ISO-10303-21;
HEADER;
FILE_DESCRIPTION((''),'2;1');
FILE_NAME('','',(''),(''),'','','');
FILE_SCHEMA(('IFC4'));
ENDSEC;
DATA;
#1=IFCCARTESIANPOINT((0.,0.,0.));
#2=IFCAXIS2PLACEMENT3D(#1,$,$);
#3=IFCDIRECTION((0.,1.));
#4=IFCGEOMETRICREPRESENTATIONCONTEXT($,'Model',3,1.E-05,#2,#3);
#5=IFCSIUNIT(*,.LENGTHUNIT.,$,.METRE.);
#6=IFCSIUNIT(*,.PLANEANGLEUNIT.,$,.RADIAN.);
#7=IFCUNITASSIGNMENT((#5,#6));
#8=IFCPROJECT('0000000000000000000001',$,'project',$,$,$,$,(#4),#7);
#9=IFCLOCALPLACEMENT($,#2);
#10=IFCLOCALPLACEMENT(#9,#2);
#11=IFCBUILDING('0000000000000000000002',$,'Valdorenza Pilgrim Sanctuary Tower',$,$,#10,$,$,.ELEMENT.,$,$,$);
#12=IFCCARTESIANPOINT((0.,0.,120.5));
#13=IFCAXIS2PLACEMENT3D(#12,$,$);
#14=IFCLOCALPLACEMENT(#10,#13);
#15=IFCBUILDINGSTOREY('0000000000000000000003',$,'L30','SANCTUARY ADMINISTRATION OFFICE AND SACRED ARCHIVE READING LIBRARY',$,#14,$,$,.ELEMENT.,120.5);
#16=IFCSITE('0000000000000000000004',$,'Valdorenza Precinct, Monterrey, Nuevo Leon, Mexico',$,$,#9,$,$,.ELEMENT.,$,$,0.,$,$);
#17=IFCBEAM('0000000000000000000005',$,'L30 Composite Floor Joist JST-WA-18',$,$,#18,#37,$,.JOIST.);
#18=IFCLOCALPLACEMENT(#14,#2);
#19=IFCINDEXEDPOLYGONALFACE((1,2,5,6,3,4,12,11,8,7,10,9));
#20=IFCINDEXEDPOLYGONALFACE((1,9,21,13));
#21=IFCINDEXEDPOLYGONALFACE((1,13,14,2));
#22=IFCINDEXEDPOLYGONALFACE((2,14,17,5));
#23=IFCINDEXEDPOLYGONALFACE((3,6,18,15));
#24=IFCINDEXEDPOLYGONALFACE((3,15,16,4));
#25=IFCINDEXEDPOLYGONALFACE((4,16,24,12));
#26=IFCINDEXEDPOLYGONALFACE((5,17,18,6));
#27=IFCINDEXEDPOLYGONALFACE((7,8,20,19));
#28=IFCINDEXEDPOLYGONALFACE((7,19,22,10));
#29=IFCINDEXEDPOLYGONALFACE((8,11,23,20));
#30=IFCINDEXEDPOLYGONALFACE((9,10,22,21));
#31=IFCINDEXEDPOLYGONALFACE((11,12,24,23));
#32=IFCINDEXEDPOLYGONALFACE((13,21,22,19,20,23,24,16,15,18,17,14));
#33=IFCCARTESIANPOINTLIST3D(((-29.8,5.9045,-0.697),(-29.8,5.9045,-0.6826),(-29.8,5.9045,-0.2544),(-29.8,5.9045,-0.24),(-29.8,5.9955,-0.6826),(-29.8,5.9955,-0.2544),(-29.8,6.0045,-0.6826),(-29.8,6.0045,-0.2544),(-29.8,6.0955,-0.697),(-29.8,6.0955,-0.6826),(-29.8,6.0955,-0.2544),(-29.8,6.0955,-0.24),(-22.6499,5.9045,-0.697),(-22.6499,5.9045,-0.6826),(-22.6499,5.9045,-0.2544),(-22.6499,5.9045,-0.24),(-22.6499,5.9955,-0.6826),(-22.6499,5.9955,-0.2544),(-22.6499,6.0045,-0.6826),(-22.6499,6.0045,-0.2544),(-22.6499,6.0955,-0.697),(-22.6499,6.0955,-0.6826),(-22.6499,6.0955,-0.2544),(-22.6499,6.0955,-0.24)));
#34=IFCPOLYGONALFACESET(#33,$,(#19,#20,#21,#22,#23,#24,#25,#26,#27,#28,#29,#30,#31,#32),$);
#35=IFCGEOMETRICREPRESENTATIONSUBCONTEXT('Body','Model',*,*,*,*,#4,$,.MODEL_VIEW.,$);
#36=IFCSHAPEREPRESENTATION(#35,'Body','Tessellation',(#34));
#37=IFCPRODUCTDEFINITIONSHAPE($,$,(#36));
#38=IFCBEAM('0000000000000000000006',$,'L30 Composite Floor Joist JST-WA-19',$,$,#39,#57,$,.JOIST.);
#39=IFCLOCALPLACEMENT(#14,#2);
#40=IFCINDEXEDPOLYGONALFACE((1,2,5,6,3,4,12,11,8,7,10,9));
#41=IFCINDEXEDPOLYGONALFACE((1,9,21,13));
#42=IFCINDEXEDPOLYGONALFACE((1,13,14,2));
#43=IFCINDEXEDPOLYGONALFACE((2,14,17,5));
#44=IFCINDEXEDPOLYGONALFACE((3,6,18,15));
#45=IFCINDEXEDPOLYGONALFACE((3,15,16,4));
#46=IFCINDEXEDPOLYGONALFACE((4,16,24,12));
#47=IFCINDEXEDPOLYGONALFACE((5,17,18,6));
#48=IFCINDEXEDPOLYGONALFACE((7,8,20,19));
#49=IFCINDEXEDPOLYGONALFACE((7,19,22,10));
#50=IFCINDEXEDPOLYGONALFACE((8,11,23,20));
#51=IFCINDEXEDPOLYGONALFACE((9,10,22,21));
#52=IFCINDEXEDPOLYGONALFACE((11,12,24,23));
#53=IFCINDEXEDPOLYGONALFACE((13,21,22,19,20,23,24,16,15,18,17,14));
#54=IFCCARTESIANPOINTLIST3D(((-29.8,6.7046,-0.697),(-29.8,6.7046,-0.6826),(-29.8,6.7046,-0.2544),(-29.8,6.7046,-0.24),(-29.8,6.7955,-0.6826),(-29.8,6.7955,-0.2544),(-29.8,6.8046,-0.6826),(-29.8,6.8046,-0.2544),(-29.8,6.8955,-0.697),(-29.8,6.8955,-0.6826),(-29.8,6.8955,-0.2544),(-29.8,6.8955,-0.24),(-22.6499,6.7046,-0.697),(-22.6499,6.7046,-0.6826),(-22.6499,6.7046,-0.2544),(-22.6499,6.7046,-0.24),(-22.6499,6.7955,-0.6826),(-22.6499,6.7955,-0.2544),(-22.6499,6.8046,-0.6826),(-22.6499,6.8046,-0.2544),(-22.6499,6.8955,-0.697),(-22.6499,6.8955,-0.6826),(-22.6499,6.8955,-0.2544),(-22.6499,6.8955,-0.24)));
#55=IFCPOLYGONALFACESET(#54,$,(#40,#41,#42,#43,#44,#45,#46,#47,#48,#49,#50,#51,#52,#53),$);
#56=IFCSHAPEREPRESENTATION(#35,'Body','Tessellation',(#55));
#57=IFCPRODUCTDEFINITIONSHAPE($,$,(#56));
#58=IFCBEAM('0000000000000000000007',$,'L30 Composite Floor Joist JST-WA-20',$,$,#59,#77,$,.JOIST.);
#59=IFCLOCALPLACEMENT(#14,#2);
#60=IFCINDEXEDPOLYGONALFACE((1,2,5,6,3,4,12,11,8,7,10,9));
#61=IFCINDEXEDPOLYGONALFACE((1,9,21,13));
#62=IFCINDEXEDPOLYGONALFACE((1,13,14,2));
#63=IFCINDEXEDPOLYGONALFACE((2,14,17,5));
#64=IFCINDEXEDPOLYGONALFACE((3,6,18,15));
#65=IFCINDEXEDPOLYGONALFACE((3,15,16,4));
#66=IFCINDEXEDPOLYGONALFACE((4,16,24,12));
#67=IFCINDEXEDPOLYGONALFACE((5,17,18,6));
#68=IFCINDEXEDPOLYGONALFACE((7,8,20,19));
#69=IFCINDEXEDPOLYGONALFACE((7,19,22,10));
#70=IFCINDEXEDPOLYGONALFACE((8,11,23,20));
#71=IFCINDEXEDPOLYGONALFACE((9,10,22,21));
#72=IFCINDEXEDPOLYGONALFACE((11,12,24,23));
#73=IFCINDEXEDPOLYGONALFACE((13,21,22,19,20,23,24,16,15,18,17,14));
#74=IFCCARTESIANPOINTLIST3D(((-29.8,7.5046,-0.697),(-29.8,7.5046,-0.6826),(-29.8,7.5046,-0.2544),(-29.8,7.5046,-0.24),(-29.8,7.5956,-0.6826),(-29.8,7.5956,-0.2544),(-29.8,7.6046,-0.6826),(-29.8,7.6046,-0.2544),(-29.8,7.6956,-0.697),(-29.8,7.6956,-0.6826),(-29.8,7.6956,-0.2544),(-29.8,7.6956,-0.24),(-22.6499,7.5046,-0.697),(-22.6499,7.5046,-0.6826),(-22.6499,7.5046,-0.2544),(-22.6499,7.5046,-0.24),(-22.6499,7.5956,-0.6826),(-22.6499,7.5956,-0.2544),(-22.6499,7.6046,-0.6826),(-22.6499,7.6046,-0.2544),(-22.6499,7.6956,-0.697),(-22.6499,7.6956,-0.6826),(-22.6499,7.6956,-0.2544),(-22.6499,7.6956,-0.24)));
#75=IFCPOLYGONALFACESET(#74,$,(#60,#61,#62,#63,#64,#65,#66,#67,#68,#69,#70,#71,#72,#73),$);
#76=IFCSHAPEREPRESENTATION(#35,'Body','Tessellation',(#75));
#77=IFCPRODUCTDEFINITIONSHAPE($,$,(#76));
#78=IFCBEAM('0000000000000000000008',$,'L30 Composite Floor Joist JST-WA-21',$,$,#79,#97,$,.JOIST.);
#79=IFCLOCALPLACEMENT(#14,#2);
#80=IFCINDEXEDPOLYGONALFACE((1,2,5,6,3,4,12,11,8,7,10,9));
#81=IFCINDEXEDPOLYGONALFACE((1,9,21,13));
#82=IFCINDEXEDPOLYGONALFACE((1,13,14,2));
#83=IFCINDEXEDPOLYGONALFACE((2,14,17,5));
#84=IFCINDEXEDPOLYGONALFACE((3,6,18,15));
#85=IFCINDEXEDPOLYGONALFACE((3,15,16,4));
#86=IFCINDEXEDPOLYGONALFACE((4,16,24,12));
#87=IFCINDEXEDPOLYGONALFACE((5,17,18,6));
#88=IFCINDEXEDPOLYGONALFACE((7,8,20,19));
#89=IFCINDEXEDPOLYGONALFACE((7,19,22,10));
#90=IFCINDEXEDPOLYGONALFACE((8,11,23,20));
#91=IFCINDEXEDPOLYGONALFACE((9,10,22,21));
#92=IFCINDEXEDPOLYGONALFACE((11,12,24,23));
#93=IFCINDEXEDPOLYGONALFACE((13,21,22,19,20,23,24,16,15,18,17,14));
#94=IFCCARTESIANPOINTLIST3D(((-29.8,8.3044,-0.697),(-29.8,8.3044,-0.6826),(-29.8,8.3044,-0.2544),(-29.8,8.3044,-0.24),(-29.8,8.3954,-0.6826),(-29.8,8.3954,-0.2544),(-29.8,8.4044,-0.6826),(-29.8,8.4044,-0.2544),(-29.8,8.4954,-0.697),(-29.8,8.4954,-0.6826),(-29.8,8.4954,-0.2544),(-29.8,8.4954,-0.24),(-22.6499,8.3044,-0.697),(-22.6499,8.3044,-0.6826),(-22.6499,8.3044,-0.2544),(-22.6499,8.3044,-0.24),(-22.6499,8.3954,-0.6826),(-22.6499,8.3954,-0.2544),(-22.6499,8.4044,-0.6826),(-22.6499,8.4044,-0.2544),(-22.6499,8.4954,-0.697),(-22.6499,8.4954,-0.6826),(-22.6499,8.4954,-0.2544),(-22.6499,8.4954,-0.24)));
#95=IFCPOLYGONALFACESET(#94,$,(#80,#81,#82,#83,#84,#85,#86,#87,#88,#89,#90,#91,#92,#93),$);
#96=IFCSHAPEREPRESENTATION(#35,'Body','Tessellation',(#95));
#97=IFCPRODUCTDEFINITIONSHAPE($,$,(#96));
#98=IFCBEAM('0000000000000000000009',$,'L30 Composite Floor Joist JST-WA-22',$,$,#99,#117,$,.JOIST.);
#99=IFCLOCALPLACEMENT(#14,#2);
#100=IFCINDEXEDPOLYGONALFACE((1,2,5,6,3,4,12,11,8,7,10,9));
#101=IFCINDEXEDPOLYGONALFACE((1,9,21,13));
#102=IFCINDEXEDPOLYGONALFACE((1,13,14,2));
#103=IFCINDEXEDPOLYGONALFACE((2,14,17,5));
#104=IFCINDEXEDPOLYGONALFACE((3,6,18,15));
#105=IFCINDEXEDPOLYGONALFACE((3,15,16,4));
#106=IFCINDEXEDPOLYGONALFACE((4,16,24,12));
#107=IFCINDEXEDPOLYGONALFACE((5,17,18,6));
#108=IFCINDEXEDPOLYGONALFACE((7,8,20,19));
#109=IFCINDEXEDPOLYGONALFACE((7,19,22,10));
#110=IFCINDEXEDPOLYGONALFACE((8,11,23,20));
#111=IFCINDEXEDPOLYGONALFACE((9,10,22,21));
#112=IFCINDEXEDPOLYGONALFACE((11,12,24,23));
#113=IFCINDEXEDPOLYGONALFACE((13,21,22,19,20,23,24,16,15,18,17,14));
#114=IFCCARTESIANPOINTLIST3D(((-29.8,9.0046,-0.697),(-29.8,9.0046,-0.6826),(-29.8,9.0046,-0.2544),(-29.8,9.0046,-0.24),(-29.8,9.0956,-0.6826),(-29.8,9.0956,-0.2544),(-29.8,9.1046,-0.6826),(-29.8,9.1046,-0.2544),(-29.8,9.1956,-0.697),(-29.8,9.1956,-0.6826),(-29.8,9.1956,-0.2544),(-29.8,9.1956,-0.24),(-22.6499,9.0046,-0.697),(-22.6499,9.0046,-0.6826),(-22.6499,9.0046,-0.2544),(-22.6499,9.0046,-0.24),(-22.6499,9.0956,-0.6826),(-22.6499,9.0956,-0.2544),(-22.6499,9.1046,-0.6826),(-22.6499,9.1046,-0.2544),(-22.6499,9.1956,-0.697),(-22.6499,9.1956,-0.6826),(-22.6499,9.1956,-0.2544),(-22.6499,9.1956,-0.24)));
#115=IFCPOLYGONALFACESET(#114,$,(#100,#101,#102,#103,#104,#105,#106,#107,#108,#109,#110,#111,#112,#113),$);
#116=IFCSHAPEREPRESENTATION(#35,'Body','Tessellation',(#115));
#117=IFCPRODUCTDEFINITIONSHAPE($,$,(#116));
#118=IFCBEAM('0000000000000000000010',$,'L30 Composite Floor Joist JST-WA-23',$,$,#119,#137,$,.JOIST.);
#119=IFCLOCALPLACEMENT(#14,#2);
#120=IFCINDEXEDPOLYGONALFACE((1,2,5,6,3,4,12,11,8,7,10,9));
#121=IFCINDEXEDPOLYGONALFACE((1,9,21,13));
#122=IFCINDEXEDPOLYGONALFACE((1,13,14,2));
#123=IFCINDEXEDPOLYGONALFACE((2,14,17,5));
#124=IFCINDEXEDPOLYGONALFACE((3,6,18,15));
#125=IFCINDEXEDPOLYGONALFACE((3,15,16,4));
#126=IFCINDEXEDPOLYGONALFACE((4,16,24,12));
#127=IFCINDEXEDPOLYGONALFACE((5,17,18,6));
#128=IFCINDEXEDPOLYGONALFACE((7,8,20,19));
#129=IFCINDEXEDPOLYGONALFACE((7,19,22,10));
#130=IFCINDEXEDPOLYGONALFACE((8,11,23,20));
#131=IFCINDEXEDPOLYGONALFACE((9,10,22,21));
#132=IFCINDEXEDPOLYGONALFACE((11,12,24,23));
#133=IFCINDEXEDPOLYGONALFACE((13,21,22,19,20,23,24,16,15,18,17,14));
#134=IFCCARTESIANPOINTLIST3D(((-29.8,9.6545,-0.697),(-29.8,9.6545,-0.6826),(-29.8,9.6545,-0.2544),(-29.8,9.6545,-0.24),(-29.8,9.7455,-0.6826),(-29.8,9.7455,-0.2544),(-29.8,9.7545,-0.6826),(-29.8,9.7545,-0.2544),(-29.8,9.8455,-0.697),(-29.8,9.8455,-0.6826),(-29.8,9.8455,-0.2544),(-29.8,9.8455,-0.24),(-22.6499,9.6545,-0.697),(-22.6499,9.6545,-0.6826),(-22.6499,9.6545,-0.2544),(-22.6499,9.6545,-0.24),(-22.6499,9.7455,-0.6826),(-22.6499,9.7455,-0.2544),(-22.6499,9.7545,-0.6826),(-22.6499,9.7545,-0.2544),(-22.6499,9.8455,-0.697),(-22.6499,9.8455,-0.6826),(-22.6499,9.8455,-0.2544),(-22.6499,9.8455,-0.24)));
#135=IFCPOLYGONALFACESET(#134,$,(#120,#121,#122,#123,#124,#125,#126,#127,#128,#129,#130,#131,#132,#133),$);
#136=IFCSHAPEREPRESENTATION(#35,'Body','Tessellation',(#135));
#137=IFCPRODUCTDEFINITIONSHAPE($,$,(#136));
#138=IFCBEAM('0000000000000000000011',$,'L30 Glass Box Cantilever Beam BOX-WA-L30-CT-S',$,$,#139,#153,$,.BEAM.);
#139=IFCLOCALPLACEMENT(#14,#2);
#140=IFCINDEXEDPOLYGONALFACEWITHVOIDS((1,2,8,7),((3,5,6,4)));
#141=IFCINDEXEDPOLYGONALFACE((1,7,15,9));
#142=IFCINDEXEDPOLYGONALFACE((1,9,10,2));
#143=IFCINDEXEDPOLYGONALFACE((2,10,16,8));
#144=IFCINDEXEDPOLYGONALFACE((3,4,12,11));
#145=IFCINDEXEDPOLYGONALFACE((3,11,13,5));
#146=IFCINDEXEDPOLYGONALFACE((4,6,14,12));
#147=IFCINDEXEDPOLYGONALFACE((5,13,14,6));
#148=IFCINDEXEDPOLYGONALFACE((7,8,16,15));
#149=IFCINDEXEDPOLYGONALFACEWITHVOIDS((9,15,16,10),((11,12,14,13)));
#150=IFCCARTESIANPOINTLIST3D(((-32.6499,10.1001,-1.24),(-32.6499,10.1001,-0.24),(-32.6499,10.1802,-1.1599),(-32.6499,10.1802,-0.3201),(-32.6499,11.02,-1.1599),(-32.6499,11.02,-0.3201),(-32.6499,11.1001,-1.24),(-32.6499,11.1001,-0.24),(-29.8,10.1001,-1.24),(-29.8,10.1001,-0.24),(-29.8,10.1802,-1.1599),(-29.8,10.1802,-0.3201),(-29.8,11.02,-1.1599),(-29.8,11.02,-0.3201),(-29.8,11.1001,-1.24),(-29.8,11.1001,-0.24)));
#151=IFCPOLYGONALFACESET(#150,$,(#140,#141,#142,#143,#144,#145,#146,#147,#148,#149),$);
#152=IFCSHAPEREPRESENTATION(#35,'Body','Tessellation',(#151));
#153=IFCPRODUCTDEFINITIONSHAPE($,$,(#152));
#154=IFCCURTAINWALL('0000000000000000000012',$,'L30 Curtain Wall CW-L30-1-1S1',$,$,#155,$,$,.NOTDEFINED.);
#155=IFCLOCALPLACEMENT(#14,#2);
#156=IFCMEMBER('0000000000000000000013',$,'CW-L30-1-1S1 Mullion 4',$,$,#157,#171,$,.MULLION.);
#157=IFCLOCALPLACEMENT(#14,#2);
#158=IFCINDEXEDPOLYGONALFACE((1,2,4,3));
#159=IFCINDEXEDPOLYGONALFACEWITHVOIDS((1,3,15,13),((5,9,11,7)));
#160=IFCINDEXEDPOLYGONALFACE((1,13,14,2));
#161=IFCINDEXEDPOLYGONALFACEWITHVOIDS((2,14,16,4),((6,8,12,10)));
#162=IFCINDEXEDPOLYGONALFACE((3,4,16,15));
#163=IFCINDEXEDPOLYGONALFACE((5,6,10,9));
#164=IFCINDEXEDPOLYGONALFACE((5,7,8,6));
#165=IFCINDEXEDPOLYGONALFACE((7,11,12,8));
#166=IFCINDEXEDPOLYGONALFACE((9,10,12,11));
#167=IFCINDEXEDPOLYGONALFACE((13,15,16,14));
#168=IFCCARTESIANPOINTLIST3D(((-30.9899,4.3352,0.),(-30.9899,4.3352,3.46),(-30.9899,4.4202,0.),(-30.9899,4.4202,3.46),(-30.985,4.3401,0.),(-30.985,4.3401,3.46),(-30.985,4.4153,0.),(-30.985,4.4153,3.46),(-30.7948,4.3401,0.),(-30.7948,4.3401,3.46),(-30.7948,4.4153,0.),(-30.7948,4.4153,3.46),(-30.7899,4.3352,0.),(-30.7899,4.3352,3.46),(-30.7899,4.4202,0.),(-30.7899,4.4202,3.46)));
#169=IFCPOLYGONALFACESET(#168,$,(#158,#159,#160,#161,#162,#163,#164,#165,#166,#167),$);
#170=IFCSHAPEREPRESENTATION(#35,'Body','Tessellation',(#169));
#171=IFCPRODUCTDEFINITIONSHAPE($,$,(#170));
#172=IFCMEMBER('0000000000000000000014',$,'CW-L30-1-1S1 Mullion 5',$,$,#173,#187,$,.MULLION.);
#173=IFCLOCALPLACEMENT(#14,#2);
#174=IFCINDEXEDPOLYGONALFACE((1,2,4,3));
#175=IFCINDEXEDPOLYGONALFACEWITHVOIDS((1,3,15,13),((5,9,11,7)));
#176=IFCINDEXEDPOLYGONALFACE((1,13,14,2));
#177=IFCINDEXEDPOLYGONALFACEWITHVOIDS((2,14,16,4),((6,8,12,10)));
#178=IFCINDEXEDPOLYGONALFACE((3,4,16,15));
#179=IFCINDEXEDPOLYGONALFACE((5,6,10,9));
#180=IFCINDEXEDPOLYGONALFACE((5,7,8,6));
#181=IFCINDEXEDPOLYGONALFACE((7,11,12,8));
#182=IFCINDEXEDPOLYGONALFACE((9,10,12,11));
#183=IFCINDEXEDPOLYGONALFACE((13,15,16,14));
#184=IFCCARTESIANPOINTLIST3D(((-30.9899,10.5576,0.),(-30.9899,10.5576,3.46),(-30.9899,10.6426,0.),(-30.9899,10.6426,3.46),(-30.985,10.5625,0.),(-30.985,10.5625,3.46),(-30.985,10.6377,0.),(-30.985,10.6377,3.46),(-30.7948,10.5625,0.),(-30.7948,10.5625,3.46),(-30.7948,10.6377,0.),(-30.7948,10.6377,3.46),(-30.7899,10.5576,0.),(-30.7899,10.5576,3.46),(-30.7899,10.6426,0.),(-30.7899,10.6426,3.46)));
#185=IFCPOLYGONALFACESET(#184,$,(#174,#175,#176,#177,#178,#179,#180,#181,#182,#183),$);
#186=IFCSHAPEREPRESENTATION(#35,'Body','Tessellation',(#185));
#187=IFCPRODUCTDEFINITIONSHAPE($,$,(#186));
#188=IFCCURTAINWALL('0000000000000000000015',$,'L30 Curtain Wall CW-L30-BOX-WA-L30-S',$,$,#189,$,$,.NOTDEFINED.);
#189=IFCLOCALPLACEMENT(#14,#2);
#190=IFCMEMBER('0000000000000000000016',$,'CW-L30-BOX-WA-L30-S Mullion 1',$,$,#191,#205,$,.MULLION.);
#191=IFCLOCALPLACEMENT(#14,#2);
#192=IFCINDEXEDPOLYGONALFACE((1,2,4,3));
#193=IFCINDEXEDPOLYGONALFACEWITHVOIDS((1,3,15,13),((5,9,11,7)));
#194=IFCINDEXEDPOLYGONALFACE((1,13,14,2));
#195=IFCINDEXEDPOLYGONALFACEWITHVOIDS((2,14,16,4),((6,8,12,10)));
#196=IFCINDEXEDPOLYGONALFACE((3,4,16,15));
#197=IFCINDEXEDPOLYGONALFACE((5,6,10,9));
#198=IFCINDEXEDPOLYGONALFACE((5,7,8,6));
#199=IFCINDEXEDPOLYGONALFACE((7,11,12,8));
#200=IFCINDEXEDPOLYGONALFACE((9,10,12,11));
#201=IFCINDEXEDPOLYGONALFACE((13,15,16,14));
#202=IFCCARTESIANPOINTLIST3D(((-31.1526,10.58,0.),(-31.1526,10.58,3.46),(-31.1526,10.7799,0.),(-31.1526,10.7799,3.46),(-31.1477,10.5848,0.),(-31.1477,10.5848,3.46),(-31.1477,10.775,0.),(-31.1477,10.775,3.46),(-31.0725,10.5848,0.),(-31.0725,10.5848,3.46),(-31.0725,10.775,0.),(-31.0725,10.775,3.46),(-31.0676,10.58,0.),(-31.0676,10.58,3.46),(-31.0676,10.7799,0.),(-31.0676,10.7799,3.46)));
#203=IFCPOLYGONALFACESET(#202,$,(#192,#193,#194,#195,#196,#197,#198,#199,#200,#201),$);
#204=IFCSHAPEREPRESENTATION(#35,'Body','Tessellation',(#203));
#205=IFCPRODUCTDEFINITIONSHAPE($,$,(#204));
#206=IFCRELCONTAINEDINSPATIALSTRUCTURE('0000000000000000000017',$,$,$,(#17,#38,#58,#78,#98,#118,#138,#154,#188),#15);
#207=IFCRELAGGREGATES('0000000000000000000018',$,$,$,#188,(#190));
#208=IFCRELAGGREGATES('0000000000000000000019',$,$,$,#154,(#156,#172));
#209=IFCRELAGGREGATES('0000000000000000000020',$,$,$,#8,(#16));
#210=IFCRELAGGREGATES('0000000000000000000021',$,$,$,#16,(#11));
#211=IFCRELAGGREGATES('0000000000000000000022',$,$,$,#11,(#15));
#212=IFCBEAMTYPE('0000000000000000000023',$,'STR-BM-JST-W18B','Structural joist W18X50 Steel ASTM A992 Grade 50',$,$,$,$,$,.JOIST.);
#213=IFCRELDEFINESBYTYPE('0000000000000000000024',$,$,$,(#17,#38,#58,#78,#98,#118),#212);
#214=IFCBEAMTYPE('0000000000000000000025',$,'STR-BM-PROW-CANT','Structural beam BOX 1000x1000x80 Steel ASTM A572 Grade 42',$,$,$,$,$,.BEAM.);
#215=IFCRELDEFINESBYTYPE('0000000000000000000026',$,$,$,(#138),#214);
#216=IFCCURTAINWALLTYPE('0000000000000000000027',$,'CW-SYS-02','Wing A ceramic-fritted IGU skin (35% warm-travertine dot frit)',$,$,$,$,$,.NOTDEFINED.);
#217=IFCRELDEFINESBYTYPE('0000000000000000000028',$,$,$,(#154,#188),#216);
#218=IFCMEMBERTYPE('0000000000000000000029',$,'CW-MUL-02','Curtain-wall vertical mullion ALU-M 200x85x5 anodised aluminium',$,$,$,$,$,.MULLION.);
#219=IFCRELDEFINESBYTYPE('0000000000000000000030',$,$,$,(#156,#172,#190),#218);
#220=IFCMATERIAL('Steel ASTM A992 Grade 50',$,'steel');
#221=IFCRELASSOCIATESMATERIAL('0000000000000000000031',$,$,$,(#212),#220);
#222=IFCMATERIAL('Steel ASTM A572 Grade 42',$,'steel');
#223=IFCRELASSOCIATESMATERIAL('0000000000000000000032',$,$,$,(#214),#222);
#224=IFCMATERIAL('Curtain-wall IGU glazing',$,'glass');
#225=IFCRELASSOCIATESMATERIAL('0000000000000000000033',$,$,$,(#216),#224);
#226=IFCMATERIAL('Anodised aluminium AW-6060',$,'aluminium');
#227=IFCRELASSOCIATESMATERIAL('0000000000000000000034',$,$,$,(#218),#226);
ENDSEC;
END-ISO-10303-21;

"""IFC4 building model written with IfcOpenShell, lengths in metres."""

from ifc_helpers import new_model, si_unit, direction, frame, origin, origin_2d, place, context, subcontext, project, spatial, hollow_rectangle, i_section, extrude, source, transform, mapped, material, material_profile, profile_set, type_object, element, aggregate, save


model = new_model("IFC4")

# Units and contexts
model_context = context("Model", 3, precision=1e-05, world=origin(), true_north=direction((0.0, 1.0)))
body_context = subcontext(model_context, "Body", "Model", "MODEL_VIEW")
ifc_project = project(units=[si_unit("LENGTHUNIT", "METRE"), si_unit("PLANEANGLEUNIT", "RADIAN")], contexts=[model_context])

# Site, building, storey
site_placement = place(None, origin())
site = spatial("IfcSite", under=ifc_project, at=site_placement, Name="Valdorenza Precinct, Monterrey, Nuevo Leon, Mexico", CompositionType="ELEMENT", RefElevation=0.0)
building_placement = place(site_placement, origin())
building = spatial("IfcBuilding", under=site, at=building_placement, Name="Valdorenza Pilgrim Sanctuary Tower", CompositionType="ELEMENT")
storey_placement = place(building_placement, frame((0.0, 0.0, 120.5)))
storey = spatial("IfcBuildingStorey", under=building, at=storey_placement, Name="L30", Description="SANCTUARY ADMINISTRATION OFFICE AND SACRED ARCHIVE READING LIBRARY", CompositionType="ELEMENT", Elevation=120.5)

# Beams
ifc_material_1 = material(Name="Steel ASTM A992 Grade 50", Category="steel")
ifc_material_profile_1 = material_profile(ifc_material_1, i_section(OverallWidth=0.1909, OverallDepth=0.457, WebThickness=0.009, FlangeThickness=0.0144, at=origin_2d()), Name="W18X50")
ifc_profile_set_1 = profile_set([ifc_material_profile_1], Name="Steel ASTM A992 Grade 50")
beam_type_1 = type_object("IfcBeamType", Name="STR-BM-JST-W18B", Description="Structural joist W18X50 Steel ASTM A992 Grade 50", PredefinedType="JOIST", material=ifc_profile_set_1)
shared_shape_1 = source(origin(), body_context, "Body", "SweptSolid", [
    extrude(i_section(OverallWidth=0.1909, OverallDepth=0.457, WebThickness=0.009, FlangeThickness=0.0144, at=origin_2d()), origin(), (0.0, 0.0, 1.0), 7.1501),
])
for number, where, z_axis, x_axis, name in (
    (1, (-29.8, 6.0, -0.4685), (1.0, 0.0, 0.0), (0.0, 1.0, 0.0), "L30 Composite Floor Joist JST-WA-18"),
    (2, (-29.8, 6.8, -0.4685), (1.0, 0.0, 0.0), (0.0, 1.0, 0.0), "L30 Composite Floor Joist JST-WA-19"),
    (3, (-29.8, 7.6001, -0.4685), (1.0, 0.0, 0.0), (0.0, 1.0, 0.0), "L30 Composite Floor Joist JST-WA-20"),
    (4, (-29.8, 8.3999, -0.4685), (1.0, 0.0, 0.0), (0.0, 1.0, 0.0), "L30 Composite Floor Joist JST-WA-21"),
    (5, (-29.8, 9.1001, -0.4685), (1.0, 0.0, 0.0), (0.0, 1.0, 0.0), "L30 Composite Floor Joist JST-WA-22"),
    (6, (-29.8, 9.75, -0.4685), (1.0, 0.0, 0.0), (0.0, 1.0, 0.0), "L30 Composite Floor Joist JST-WA-23"),
):
    element("IfcBeam", number, at=place(storey_placement, frame(where, z_axis=z_axis, x_axis=x_axis)), inside=storey, type_object=beam_type_1, Name=name, PredefinedType="JOIST", context=body_context, shape_type="MappedRepresentation", body=[
        mapped(shared_shape_1, transform((0.0, 0.0, 0.0), x_axis=(1.0, 0.0, 0.0), y_axis=(0.0, 1.0, 0.0), z_axis=(0.0, 0.0, 1.0), scale=1.0)),
    ])
ifc_material_2 = material(Name="Steel ASTM A572 Grade 42", Category="steel")
ifc_material_profile_2 = material_profile(ifc_material_2, hollow_rectangle(XDim=1.0, YDim=1.0, WallThickness=0.0801, at=origin_2d()), Name="BOX 1000x1000x80")
ifc_profile_set_2 = profile_set([ifc_material_profile_2], Name="Steel ASTM A572 Grade 42")
beam_type_2 = type_object("IfcBeamType", Name="STR-BM-PROW-CANT", Description="Structural beam BOX 1000x1000x80 Steel ASTM A572 Grade 42", PredefinedType="BEAM", material=ifc_profile_set_2)
shared_shape_2 = source(origin(), body_context, "Body", "SweptSolid", [
    extrude(hollow_rectangle(XDim=1.0, YDim=1.0, WallThickness=0.0801, at=origin_2d()), origin(), (0.0, 0.0, 1.0), 2.8499),
])
beam_1_placement = place(storey_placement, frame((-29.8, 10.6001, -0.74), z_axis=(-1.0, 0.0, 0.0), x_axis=(0.0, -1.0, 0.0)))
element("IfcBeam", 7, at=beam_1_placement, inside=storey, type_object=beam_type_2, Name="L30 Glass Box Cantilever Beam BOX-WA-L30-CT-S", PredefinedType="BEAM", context=body_context, shape_type="MappedRepresentation", body=[
    mapped(shared_shape_2, transform((0.0, 0.0, 0.0), x_axis=(1.0, 0.0, 0.0), y_axis=(0.0, 1.0, 0.0), z_axis=(0.0, 0.0, 1.0), scale=1.0)),
])

# Curtain walls, members
ifc_material_3 = material(Name="Curtain-wall IGU glazing", Category="glass")
curtain_wall_type = type_object("IfcCurtainWallType", Name="CW-SYS-02", Description="Wing A ceramic-fritted IGU skin (35% warm-travertine dot frit)", PredefinedType="NOTDEFINED", material=ifc_material_3)
curtain_wall_1_placement = place(storey_placement, origin())
curtain_wall_1 = element("IfcCurtainWall", 8, at=curtain_wall_1_placement, inside=storey, type_object=curtain_wall_type, Name="L30 Curtain Wall CW-L30-1-1S1", PredefinedType="NOTDEFINED")
ifc_material_4 = material(Name="Anodised aluminium AW-6060", Category="aluminium")
ifc_material_profile_3 = material_profile(ifc_material_4, hollow_rectangle(XDim=0.085, YDim=0.2, WallThickness=0.0049, at=origin_2d()), Name="ALU-M 200x85x5")
ifc_profile_set_3 = profile_set([ifc_material_profile_3], Name="Anodised aluminium AW-6060")
member_type_1 = type_object("IfcMemberType", Name="CW-MUL-02", Description="Curtain-wall vertical mullion ALU-M 200x85x5 anodised aluminium", PredefinedType="MULLION", material=ifc_profile_set_3)
shared_shape_3 = source(origin(), body_context, "Body", "SweptSolid", [
    extrude(hollow_rectangle(XDim=0.085, YDim=0.2, WallThickness=0.0049, at=origin_2d()), origin(), (0.0, 0.0, 1.0), 3.46),
])
member_1_placement = place(storey_placement, frame((-30.8899, 4.3777, 0.0), z_axis=(0.0, 0.0, 1.0), x_axis=(0.0, 1.0, 0.0)))
member_1 = element("IfcMember", 9, at=member_1_placement, type_object=member_type_1, Name="CW-L30-1-1S1 Mullion 4", PredefinedType="MULLION", context=body_context, shape_type="MappedRepresentation", body=[
    mapped(shared_shape_3, transform((0.0, 0.0, 0.0), x_axis=(1.0, 0.0, 0.0), y_axis=(0.0, 1.0, 0.0), z_axis=(0.0, 0.0, 1.0), scale=1.0)),
])
member_2_placement = place(storey_placement, frame((-30.8899, 10.6001, 0.0), z_axis=(0.0, 0.0, 1.0), x_axis=(0.0, 1.0, 0.0)))
member_2 = element("IfcMember", 10, at=member_2_placement, type_object=member_type_1, Name="CW-L30-1-1S1 Mullion 5", PredefinedType="MULLION", context=body_context, shape_type="MappedRepresentation", body=[
    mapped(shared_shape_3, transform((0.0, 0.0, 0.0), x_axis=(1.0, 0.0, 0.0), y_axis=(0.0, 1.0, 0.0), z_axis=(0.0, 0.0, 1.0), scale=1.0)),
])
curtain_wall_2_placement = place(storey_placement, origin())
curtain_wall_2 = element("IfcCurtainWall", 11, at=curtain_wall_2_placement, inside=storey, type_object=curtain_wall_type, Name="L30 Curtain Wall CW-L30-BOX-WA-L30-S", PredefinedType="NOTDEFINED")
member_3_placement = place(storey_placement, frame((-31.1101, 10.6799, 0.0), z_axis=(0.0, 0.0, 1.0), x_axis=(-1.0, 0.0, 0.0)))
member_3 = element("IfcMember", 12, at=member_3_placement, type_object=member_type_1, Name="CW-L30-BOX-WA-L30-S Mullion 1", PredefinedType="MULLION", context=body_context, shape_type="MappedRepresentation", body=[
    mapped(shared_shape_3, transform((0.0, 0.0, 0.0), x_axis=(1.0, 0.0, 0.0), y_axis=(0.0, 1.0, 0.0), z_axis=(0.0, 0.0, 1.0), scale=1.0)),
])

aggregate(curtain_wall_2, [member_3])
aggregate(curtain_wall_1, [member_1, member_2])

save(model, "model.ifc")
